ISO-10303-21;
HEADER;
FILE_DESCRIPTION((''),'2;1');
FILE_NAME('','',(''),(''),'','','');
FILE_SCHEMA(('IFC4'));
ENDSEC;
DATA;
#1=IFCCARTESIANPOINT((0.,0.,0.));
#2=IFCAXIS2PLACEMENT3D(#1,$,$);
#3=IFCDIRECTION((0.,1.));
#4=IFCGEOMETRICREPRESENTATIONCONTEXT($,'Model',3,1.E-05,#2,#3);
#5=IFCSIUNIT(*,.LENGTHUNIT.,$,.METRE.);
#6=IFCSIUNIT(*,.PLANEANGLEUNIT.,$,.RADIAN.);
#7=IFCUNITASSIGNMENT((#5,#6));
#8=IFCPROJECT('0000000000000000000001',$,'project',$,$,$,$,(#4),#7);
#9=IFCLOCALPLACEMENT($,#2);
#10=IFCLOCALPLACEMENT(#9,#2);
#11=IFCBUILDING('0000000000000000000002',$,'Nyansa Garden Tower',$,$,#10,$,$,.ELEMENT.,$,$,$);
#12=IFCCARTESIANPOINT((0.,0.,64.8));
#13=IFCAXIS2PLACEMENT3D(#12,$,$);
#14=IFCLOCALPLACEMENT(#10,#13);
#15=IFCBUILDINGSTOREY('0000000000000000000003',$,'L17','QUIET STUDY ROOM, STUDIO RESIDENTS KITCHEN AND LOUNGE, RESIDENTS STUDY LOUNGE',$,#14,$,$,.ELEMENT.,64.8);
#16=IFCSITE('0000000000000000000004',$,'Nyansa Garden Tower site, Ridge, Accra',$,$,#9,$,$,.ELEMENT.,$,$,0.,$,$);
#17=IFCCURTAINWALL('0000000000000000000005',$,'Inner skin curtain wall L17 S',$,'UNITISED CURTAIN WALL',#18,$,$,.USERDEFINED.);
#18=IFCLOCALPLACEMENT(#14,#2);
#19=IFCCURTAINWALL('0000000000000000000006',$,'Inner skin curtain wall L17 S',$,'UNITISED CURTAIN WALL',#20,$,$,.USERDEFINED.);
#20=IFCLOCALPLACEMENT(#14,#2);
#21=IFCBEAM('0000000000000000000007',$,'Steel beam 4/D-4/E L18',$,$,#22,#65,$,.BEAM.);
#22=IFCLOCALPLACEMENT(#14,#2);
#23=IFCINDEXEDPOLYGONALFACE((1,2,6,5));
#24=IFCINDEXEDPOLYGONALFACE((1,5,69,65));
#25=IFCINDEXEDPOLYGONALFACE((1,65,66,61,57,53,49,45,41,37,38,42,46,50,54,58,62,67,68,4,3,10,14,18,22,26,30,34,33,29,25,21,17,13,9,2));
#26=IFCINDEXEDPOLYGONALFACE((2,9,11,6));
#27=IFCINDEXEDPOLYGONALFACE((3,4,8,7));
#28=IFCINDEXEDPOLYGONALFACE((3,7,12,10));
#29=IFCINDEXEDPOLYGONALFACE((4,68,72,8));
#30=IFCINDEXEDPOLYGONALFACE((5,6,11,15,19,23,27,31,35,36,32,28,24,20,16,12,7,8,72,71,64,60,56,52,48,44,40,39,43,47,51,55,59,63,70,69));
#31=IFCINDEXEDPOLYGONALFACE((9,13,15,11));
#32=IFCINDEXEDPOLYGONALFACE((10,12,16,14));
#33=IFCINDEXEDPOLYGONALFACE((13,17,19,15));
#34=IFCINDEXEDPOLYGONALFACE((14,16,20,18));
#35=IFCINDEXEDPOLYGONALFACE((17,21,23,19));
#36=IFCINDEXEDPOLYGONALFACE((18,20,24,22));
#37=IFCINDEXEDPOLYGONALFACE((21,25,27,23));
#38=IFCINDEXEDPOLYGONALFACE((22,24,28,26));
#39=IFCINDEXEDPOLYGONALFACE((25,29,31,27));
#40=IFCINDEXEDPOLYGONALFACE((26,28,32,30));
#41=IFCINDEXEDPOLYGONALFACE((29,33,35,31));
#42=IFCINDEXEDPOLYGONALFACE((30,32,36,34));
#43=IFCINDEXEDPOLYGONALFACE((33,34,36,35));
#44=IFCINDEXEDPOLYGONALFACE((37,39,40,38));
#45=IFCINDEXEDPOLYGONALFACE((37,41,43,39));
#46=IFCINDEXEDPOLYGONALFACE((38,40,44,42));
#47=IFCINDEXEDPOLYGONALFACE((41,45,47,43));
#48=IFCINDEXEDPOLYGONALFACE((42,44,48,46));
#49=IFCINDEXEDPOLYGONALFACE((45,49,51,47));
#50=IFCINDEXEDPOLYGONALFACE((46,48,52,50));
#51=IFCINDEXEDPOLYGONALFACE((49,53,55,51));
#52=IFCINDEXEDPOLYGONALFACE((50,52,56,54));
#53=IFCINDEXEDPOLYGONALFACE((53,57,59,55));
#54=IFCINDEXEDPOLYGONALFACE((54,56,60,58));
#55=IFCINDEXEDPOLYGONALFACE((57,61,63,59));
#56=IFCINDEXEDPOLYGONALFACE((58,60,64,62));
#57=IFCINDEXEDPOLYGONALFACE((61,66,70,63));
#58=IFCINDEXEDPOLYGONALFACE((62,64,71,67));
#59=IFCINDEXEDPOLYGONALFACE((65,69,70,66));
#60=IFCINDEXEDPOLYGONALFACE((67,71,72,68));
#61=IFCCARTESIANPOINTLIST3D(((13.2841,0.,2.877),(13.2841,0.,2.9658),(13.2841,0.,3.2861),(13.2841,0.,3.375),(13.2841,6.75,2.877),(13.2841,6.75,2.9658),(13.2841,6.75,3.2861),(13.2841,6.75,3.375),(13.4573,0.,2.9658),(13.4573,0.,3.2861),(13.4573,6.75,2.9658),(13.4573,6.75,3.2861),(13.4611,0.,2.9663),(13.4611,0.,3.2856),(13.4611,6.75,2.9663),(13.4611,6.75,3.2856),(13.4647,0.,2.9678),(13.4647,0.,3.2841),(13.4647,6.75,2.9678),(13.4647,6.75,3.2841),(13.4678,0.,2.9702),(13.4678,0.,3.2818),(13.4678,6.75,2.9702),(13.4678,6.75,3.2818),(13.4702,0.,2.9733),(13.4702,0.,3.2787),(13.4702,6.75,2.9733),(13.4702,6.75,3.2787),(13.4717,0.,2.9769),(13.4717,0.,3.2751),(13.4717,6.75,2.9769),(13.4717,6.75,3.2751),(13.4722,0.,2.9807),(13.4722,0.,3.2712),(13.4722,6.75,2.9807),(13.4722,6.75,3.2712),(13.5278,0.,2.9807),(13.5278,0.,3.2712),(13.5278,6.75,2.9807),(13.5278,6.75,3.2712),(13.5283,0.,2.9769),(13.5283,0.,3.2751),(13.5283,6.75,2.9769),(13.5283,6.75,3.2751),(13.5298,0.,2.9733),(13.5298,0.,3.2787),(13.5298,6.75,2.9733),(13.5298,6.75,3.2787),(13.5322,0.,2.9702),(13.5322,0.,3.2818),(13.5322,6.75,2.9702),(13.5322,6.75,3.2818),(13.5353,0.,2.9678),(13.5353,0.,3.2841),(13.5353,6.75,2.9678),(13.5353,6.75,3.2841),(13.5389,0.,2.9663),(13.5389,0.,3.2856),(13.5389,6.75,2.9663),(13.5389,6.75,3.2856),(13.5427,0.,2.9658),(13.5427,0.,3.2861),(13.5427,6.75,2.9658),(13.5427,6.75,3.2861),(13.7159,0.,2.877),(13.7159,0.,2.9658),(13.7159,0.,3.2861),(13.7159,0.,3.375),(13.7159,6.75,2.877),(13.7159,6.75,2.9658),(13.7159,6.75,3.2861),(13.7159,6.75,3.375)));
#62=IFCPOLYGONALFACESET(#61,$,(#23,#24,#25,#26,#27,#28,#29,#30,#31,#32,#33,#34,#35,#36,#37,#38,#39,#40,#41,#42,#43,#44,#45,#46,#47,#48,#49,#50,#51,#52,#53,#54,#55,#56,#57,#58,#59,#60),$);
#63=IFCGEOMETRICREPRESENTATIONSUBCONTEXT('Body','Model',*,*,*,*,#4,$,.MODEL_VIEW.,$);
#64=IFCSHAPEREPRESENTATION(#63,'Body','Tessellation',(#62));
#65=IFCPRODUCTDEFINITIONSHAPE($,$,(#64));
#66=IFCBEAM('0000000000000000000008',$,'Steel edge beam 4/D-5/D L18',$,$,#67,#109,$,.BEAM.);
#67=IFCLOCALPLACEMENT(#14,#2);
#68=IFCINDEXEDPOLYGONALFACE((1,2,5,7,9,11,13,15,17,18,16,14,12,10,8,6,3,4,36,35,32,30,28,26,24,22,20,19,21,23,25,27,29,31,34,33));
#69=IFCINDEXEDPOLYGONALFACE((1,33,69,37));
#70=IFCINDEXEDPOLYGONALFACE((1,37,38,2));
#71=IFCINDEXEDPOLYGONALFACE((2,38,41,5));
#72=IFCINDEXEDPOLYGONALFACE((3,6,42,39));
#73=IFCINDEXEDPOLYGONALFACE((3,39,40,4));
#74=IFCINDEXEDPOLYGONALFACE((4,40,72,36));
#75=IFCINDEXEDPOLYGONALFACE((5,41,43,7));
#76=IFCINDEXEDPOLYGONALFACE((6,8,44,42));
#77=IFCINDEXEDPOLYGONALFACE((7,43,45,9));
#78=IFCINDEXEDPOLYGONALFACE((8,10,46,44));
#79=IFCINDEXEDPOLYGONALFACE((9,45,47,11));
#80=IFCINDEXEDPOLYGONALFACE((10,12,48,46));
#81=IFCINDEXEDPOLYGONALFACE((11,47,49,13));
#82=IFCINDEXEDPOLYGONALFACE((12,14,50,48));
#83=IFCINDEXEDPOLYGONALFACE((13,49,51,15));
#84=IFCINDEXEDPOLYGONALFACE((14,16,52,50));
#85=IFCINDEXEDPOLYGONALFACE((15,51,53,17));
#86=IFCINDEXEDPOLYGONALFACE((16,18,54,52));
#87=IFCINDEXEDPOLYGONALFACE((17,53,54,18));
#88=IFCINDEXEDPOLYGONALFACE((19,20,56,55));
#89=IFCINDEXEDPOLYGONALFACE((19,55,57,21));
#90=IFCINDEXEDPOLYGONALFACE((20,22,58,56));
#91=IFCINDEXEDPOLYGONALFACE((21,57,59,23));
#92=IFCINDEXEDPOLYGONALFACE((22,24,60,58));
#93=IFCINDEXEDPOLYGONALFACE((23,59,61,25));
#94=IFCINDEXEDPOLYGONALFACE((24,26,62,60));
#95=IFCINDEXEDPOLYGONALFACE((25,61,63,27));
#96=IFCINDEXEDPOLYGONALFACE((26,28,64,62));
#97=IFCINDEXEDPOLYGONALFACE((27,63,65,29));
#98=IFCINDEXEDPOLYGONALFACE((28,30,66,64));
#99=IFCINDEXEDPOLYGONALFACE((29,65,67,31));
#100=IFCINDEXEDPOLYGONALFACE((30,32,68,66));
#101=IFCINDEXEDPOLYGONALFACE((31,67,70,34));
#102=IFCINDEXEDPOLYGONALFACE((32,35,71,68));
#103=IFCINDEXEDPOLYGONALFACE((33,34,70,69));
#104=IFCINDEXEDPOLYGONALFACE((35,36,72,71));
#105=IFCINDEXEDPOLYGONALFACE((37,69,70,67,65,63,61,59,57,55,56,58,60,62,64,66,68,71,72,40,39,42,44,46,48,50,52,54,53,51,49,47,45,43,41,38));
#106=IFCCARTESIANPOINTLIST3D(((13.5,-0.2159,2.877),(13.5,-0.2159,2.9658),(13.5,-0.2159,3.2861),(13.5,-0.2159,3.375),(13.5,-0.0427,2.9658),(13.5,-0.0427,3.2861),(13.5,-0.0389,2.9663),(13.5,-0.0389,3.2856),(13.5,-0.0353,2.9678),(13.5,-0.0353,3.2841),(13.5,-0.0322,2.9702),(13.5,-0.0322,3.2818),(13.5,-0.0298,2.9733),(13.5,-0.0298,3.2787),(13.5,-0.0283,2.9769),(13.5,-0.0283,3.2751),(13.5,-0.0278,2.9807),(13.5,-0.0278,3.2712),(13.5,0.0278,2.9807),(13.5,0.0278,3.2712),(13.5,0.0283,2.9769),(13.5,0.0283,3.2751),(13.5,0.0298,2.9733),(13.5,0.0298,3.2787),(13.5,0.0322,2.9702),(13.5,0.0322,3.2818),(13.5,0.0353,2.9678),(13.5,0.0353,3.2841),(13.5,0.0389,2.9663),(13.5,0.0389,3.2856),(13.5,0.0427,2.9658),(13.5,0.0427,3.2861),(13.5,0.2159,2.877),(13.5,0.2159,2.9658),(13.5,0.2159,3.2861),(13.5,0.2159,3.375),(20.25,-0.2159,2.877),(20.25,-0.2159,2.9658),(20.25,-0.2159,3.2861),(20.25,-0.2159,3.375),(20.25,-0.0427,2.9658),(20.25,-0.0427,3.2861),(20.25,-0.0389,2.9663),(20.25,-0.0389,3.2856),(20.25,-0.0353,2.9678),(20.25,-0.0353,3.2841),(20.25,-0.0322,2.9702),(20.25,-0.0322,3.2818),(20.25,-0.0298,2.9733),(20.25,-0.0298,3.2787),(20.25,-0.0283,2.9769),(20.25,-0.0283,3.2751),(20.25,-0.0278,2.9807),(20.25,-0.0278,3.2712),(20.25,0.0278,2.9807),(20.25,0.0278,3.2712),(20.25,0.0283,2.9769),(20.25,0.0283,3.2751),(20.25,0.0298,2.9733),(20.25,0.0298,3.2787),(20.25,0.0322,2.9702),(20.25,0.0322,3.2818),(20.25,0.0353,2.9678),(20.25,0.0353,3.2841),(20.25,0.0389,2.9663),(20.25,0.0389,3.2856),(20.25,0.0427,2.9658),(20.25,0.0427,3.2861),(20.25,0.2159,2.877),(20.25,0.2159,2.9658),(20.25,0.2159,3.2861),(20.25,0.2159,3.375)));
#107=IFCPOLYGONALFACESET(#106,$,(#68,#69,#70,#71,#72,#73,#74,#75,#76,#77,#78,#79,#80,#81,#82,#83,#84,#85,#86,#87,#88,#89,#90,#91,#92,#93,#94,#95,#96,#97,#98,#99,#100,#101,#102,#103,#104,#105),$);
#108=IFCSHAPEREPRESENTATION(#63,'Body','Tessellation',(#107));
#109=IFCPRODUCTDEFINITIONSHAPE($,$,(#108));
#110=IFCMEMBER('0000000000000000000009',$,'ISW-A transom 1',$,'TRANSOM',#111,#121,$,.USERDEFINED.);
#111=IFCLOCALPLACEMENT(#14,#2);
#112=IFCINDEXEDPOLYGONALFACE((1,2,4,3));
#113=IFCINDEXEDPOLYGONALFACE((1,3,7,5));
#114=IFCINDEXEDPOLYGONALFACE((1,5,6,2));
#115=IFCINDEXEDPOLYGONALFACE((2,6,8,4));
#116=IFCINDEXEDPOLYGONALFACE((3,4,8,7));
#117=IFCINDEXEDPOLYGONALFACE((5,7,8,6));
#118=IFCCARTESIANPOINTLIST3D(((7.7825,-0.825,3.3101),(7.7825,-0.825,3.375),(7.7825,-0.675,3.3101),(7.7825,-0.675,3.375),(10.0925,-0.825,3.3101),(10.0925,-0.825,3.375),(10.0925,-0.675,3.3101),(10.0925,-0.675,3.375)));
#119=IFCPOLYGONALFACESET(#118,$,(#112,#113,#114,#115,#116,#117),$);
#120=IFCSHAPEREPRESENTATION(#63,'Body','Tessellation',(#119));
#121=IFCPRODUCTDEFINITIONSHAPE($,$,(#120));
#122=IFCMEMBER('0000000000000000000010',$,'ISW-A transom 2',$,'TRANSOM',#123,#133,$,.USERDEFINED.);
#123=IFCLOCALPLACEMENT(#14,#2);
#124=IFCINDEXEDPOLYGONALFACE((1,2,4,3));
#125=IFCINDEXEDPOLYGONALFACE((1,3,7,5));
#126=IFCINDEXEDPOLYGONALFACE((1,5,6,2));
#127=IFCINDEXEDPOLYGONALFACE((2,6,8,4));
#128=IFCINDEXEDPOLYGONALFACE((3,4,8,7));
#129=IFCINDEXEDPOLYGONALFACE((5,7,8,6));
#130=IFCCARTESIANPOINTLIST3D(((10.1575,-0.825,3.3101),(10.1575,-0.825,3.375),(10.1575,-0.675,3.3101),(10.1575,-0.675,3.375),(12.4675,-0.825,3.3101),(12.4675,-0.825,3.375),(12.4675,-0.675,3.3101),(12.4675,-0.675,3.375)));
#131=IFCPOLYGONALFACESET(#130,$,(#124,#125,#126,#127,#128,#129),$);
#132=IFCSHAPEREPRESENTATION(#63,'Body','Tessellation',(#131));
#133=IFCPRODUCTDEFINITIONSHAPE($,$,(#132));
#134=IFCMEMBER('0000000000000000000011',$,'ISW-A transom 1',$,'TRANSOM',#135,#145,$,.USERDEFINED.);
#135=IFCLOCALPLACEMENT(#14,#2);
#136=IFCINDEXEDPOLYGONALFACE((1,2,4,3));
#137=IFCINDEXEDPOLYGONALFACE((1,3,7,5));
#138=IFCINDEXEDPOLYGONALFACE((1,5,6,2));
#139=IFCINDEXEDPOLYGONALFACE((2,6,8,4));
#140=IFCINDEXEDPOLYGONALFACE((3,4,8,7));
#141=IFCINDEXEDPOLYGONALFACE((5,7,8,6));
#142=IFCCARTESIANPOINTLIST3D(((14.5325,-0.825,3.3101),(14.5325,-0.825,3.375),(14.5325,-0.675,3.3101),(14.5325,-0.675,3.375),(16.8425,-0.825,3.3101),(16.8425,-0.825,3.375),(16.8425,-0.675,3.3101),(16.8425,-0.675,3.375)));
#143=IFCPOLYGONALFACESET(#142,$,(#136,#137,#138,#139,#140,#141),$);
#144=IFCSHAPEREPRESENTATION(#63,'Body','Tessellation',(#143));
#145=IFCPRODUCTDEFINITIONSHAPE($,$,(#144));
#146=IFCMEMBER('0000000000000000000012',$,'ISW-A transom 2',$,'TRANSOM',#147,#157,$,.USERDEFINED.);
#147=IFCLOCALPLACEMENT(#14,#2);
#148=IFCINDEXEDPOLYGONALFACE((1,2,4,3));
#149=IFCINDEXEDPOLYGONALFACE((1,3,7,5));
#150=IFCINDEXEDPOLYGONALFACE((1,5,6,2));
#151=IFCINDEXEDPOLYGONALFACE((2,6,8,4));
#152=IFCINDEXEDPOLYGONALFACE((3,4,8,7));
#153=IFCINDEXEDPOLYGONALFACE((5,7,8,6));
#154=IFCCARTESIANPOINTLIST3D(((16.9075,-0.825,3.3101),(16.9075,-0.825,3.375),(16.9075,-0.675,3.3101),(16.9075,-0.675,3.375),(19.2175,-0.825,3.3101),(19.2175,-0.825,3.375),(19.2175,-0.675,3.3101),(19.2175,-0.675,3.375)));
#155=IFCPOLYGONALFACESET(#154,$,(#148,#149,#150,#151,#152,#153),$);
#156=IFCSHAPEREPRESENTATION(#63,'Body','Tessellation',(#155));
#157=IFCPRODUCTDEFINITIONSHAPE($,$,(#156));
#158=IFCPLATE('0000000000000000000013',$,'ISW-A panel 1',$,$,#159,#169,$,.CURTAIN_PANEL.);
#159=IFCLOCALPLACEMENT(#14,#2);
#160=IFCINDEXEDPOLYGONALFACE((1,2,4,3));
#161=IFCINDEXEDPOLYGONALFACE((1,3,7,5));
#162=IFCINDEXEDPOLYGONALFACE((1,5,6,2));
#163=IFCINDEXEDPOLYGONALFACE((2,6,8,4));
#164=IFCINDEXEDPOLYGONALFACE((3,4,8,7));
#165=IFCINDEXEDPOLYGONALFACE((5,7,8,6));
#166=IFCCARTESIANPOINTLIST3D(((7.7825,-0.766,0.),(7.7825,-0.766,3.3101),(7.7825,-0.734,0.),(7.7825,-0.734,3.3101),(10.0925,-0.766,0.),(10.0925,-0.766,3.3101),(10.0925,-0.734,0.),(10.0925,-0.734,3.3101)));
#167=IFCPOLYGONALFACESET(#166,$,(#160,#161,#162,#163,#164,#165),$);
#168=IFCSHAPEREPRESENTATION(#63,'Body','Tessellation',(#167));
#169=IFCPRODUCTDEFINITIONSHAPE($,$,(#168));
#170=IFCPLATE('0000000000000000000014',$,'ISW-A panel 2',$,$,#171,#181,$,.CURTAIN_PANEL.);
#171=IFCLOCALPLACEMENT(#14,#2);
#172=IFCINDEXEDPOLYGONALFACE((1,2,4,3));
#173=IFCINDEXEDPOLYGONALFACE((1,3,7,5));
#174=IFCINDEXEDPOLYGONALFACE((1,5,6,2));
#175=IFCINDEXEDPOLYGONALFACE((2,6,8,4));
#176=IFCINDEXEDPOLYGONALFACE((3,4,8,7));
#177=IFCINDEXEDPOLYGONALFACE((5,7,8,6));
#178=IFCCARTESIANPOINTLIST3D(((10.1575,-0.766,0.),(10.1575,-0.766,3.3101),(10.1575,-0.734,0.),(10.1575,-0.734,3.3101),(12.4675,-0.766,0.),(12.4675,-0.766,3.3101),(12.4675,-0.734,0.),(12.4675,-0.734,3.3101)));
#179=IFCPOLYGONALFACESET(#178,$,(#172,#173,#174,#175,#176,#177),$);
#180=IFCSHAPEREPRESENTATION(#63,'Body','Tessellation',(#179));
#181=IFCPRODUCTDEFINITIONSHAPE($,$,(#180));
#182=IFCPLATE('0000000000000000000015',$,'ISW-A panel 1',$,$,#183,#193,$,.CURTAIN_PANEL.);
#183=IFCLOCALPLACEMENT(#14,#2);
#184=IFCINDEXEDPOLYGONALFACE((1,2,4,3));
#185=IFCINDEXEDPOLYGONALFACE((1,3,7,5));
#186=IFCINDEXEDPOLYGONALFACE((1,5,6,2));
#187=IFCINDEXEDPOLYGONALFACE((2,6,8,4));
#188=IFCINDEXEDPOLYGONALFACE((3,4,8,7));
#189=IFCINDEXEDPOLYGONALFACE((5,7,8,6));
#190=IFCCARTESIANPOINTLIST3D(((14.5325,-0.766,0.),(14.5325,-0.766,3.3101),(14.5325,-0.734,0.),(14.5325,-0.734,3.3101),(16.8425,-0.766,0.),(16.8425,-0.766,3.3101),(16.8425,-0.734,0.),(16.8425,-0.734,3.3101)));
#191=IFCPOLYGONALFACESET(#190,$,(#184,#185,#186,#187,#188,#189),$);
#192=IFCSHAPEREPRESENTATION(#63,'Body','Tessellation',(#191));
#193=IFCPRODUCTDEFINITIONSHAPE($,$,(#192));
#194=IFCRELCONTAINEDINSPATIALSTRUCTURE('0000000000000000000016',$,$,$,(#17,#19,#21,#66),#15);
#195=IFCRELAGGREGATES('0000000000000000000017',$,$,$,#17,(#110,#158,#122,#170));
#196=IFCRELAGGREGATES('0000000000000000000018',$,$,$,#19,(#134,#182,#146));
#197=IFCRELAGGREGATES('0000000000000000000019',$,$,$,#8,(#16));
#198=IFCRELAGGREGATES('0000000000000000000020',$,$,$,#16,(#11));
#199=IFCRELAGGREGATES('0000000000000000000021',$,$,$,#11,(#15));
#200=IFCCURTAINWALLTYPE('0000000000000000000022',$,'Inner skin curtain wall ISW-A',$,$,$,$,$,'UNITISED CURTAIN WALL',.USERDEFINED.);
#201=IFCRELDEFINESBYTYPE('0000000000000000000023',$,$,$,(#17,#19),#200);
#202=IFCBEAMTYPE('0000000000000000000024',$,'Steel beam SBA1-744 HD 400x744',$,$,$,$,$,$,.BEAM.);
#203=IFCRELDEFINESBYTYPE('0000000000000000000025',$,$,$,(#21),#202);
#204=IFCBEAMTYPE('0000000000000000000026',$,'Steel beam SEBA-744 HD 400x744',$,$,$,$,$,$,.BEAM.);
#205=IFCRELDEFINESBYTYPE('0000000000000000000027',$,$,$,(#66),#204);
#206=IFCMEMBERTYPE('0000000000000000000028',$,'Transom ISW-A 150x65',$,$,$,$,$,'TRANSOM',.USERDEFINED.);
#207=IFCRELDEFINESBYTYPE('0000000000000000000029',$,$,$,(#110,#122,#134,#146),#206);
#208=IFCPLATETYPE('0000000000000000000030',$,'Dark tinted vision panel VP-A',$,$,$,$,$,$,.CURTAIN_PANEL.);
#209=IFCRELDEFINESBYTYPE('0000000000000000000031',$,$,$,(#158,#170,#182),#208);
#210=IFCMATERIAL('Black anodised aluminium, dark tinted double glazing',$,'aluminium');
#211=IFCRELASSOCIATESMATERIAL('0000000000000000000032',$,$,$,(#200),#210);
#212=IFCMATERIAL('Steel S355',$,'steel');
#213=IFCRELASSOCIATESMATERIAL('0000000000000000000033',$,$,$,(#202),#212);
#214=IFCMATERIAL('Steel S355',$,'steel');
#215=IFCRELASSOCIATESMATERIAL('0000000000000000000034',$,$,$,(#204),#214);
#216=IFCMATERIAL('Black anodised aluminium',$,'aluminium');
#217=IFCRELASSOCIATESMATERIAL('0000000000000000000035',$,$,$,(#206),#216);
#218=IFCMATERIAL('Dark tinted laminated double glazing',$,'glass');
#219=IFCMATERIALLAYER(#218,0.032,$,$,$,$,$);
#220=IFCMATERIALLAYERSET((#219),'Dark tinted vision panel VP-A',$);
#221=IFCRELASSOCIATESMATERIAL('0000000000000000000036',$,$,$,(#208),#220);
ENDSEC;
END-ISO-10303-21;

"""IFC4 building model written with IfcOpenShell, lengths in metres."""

from ifc_helpers import new_model, si_unit, direction, frame, origin, origin_2d, place, context, subcontext, project, spatial, rectangle, i_section, extrude, material, layer, layer_set, material_profile, profile_set, type_object, element, aggregate, save


model = new_model("IFC4")

# Units and contexts
model_context = context("Model", 3, precision=1e-05, world=origin(), true_north=direction((0.0, 1.0)))
body_context = subcontext(model_context, "Body", "Model", "MODEL_VIEW")
ifc_project = project(units=[si_unit("LENGTHUNIT", "METRE"), si_unit("PLANEANGLEUNIT", "RADIAN")], contexts=[model_context])

# Site, building, storey
site_placement = place(None, origin())
site = spatial("IfcSite", under=ifc_project, at=site_placement, Name="Nyansa Garden Tower site, Ridge, Accra", CompositionType="ELEMENT", RefElevation=0.0)
building_placement = place(site_placement, origin())
building = spatial("IfcBuilding", under=site, at=building_placement, Name="Nyansa Garden Tower", CompositionType="ELEMENT")
storey_placement = place(building_placement, frame((0.0, 0.0, 64.8)))
storey = spatial("IfcBuildingStorey", under=building, at=storey_placement, Name="L17", Description="QUIET STUDY ROOM, STUDIO RESIDENTS KITCHEN AND LOUNGE, RESIDENTS STUDY LOUNGE", CompositionType="ELEMENT", Elevation=64.8)

# Curtain walls
ifc_material_1 = material(Name="Black anodised aluminium, dark tinted double glazing", Category="aluminium")
curtain_wall_type = type_object("IfcCurtainWallType", Name="Inner skin curtain wall ISW-A", ElementType="UNITISED CURTAIN WALL", PredefinedType="USERDEFINED", material=ifc_material_1)
curtain_wall_1_placement = place(storey_placement, origin())
curtain_wall_1 = element("IfcCurtainWall", 1, at=curtain_wall_1_placement, inside=storey, type_object=curtain_wall_type, Name="Inner skin curtain wall L17 S", ObjectType="UNITISED CURTAIN WALL", PredefinedType="USERDEFINED")
curtain_wall_2_placement = place(storey_placement, origin())
curtain_wall_2 = element("IfcCurtainWall", 2, at=curtain_wall_2_placement, inside=storey, type_object=curtain_wall_type, Name="Inner skin curtain wall L17 S", ObjectType="UNITISED CURTAIN WALL", PredefinedType="USERDEFINED")

# Beams
ifc_material_2 = material(Name="Steel S355", Category="steel")
ifc_material_profile_1 = material_profile(ifc_material_2, i_section(OverallWidth=0.4319, OverallDepth=0.498, WebThickness=0.0557, FlangeThickness=0.0889, FilletRadius=0.0149, at=origin_2d()), Name="HD 400x744")
ifc_profile_set_1 = profile_set([ifc_material_profile_1], Name="Steel S355")
beam_type_1 = type_object("IfcBeamType", Name="Steel beam SBA1-744 HD 400x744", PredefinedType="BEAM", material=ifc_profile_set_1)
beam_1_placement = place(storey_placement, frame((13.5, 0.0, 3.126), z_axis=(0.0, 1.0, 0.0), x_axis=(-1.0, 0.0, 0.0)))
element("IfcBeam", 3, at=beam_1_placement, inside=storey, type_object=beam_type_1, Name="Steel beam 4/D-4/E L18", PredefinedType="BEAM", context=body_context, shape_type="SweptSolid", body=[
    extrude(i_section(OverallWidth=0.4319, OverallDepth=0.498, WebThickness=0.0557, FlangeThickness=0.0889, FilletRadius=0.0149, at=origin_2d()), origin(), (0.0, 0.0, 1.0), 6.75),
])
ifc_material_3 = material(Name="Steel S355", Category="steel")
ifc_material_profile_2 = material_profile(ifc_material_3, i_section(OverallWidth=0.4319, OverallDepth=0.498, WebThickness=0.0557, FlangeThickness=0.0889, FilletRadius=0.0149, at=origin_2d()), Name="HD 400x744")
ifc_profile_set_2 = profile_set([ifc_material_profile_2], Name="Steel S355")
beam_type_2 = type_object("IfcBeamType", Name="Steel beam SEBA-744 HD 400x744", PredefinedType="BEAM", material=ifc_profile_set_2)
beam_2_placement = place(storey_placement, frame((13.5, 0.0, 3.126), z_axis=(1.0, 0.0, 0.0), x_axis=(0.0, 1.0, 0.0)))
element("IfcBeam", 4, at=beam_2_placement, inside=storey, type_object=beam_type_2, Name="Steel edge beam 4/D-5/D L18", PredefinedType="BEAM", context=body_context, shape_type="SweptSolid", body=[
    extrude(i_section(OverallWidth=0.4319, OverallDepth=0.498, WebThickness=0.0557, FlangeThickness=0.0889, FilletRadius=0.0149, at=origin_2d()), origin(), (0.0, 0.0, 1.0), 6.75),
])

# Members
ifc_material_4 = material(Name="Black anodised aluminium", Category="aluminium")
ifc_material_profile_3 = material_profile(ifc_material_4, rectangle(XDim=0.1499, YDim=0.0649, at=origin_2d()), Name="Transom 150x65")
ifc_profile_set_3 = profile_set([ifc_material_profile_3], Name="Black anodised aluminium")
member_type_1 = type_object("IfcMemberType", Name="Transom ISW-A 150x65", ElementType="TRANSOM", PredefinedType="USERDEFINED", material=ifc_profile_set_3)
member_1_placement = place(storey_placement, frame((7.7825, -0.75, 3.3425), z_axis=(1.0, 0.0, 0.0), x_axis=(0.0, 1.0, 0.0)))
member_1 = element("IfcMember", 5, at=member_1_placement, type_object=member_type_1, Name="ISW-A transom 1", ObjectType="TRANSOM", PredefinedType="USERDEFINED", context=body_context, shape_type="SweptSolid", body=[
    extrude(rectangle(XDim=0.1499, YDim=0.0649, at=origin_2d()), origin(), (0.0, 0.0, 1.0), 2.3101),
])
member_2_placement = place(storey_placement, frame((10.1575, -0.75, 3.3425), z_axis=(1.0, 0.0, 0.0), x_axis=(0.0, 1.0, 0.0)))
member_2 = element("IfcMember", 6, at=member_2_placement, type_object=member_type_1, Name="ISW-A transom 2", ObjectType="TRANSOM", PredefinedType="USERDEFINED", context=body_context, shape_type="SweptSolid", body=[
    extrude(rectangle(XDim=0.1499, YDim=0.0649, at=origin_2d()), origin(), (0.0, 0.0, 1.0), 2.3101),
])
member_3_placement = place(storey_placement, frame((14.5325, -0.75, 3.3425), z_axis=(1.0, 0.0, 0.0), x_axis=(0.0, 1.0, 0.0)))
member_3 = element("IfcMember", 7, at=member_3_placement, type_object=member_type_1, Name="ISW-A transom 1", ObjectType="TRANSOM", PredefinedType="USERDEFINED", context=body_context, shape_type="SweptSolid", body=[
    extrude(rectangle(XDim=0.1499, YDim=0.0649, at=origin_2d()), origin(), (0.0, 0.0, 1.0), 2.3101),
])
member_4_placement = place(storey_placement, frame((16.9075, -0.75, 3.3425), z_axis=(1.0, 0.0, 0.0), x_axis=(0.0, 1.0, 0.0)))
member_4 = element("IfcMember", 8, at=member_4_placement, type_object=member_type_1, Name="ISW-A transom 2", ObjectType="TRANSOM", PredefinedType="USERDEFINED", context=body_context, shape_type="SweptSolid", body=[
    extrude(rectangle(XDim=0.1499, YDim=0.0649, at=origin_2d()), origin(), (0.0, 0.0, 1.0), 2.3101),
])

# Plates
ifc_material_5 = material(Name="Dark tinted laminated double glazing", Category="glass")
ifc_layer_1 = layer(ifc_material_5, 0.032)
ifc_layer_set_1 = layer_set([ifc_layer_1], Name="Dark tinted vision panel VP-A")
plate_type_1 = type_object("IfcPlateType", Name="Dark tinted vision panel VP-A", PredefinedType="CURTAIN_PANEL", material=ifc_layer_set_1)
plate_1_placement = place(storey_placement, frame((8.9375, -0.75, 0.0), z_axis=(0.0, 0.0, 1.0), x_axis=(1.0, 0.0, 0.0)))
plate_1 = element("IfcPlate", 9, at=plate_1_placement, type_object=plate_type_1, Name="ISW-A panel 1", PredefinedType="CURTAIN_PANEL", context=body_context, shape_type="SweptSolid", body=[
    extrude(rectangle(XDim=2.3101, YDim=0.032, at=origin_2d()), origin(), (0.0, 0.0, 1.0), 3.3101),
])
plate_2_placement = place(storey_placement, frame((11.3125, -0.75, 0.0), z_axis=(0.0, 0.0, 1.0), x_axis=(1.0, 0.0, 0.0)))
plate_2 = element("IfcPlate", 10, at=plate_2_placement, type_object=plate_type_1, Name="ISW-A panel 2", PredefinedType="CURTAIN_PANEL", context=body_context, shape_type="SweptSolid", body=[
    extrude(rectangle(XDim=2.3101, YDim=0.032, at=origin_2d()), origin(), (0.0, 0.0, 1.0), 3.3101),
])
aggregate(curtain_wall_1, [member_1, plate_1, member_2, plate_2])
plate_3_placement = place(storey_placement, frame((15.6875, -0.75, 0.0), z_axis=(0.0, 0.0, 1.0), x_axis=(1.0, 0.0, 0.0)))
plate_3 = element("IfcPlate", 11, at=plate_3_placement, type_object=plate_type_1, Name="ISW-A panel 1", PredefinedType="CURTAIN_PANEL", context=body_context, shape_type="SweptSolid", body=[
    extrude(rectangle(XDim=2.3101, YDim=0.032, at=origin_2d()), origin(), (0.0, 0.0, 1.0), 3.3101),
])
aggregate(curtain_wall_2, [member_3, plate_3, member_4])

save(model, "model.ifc")
